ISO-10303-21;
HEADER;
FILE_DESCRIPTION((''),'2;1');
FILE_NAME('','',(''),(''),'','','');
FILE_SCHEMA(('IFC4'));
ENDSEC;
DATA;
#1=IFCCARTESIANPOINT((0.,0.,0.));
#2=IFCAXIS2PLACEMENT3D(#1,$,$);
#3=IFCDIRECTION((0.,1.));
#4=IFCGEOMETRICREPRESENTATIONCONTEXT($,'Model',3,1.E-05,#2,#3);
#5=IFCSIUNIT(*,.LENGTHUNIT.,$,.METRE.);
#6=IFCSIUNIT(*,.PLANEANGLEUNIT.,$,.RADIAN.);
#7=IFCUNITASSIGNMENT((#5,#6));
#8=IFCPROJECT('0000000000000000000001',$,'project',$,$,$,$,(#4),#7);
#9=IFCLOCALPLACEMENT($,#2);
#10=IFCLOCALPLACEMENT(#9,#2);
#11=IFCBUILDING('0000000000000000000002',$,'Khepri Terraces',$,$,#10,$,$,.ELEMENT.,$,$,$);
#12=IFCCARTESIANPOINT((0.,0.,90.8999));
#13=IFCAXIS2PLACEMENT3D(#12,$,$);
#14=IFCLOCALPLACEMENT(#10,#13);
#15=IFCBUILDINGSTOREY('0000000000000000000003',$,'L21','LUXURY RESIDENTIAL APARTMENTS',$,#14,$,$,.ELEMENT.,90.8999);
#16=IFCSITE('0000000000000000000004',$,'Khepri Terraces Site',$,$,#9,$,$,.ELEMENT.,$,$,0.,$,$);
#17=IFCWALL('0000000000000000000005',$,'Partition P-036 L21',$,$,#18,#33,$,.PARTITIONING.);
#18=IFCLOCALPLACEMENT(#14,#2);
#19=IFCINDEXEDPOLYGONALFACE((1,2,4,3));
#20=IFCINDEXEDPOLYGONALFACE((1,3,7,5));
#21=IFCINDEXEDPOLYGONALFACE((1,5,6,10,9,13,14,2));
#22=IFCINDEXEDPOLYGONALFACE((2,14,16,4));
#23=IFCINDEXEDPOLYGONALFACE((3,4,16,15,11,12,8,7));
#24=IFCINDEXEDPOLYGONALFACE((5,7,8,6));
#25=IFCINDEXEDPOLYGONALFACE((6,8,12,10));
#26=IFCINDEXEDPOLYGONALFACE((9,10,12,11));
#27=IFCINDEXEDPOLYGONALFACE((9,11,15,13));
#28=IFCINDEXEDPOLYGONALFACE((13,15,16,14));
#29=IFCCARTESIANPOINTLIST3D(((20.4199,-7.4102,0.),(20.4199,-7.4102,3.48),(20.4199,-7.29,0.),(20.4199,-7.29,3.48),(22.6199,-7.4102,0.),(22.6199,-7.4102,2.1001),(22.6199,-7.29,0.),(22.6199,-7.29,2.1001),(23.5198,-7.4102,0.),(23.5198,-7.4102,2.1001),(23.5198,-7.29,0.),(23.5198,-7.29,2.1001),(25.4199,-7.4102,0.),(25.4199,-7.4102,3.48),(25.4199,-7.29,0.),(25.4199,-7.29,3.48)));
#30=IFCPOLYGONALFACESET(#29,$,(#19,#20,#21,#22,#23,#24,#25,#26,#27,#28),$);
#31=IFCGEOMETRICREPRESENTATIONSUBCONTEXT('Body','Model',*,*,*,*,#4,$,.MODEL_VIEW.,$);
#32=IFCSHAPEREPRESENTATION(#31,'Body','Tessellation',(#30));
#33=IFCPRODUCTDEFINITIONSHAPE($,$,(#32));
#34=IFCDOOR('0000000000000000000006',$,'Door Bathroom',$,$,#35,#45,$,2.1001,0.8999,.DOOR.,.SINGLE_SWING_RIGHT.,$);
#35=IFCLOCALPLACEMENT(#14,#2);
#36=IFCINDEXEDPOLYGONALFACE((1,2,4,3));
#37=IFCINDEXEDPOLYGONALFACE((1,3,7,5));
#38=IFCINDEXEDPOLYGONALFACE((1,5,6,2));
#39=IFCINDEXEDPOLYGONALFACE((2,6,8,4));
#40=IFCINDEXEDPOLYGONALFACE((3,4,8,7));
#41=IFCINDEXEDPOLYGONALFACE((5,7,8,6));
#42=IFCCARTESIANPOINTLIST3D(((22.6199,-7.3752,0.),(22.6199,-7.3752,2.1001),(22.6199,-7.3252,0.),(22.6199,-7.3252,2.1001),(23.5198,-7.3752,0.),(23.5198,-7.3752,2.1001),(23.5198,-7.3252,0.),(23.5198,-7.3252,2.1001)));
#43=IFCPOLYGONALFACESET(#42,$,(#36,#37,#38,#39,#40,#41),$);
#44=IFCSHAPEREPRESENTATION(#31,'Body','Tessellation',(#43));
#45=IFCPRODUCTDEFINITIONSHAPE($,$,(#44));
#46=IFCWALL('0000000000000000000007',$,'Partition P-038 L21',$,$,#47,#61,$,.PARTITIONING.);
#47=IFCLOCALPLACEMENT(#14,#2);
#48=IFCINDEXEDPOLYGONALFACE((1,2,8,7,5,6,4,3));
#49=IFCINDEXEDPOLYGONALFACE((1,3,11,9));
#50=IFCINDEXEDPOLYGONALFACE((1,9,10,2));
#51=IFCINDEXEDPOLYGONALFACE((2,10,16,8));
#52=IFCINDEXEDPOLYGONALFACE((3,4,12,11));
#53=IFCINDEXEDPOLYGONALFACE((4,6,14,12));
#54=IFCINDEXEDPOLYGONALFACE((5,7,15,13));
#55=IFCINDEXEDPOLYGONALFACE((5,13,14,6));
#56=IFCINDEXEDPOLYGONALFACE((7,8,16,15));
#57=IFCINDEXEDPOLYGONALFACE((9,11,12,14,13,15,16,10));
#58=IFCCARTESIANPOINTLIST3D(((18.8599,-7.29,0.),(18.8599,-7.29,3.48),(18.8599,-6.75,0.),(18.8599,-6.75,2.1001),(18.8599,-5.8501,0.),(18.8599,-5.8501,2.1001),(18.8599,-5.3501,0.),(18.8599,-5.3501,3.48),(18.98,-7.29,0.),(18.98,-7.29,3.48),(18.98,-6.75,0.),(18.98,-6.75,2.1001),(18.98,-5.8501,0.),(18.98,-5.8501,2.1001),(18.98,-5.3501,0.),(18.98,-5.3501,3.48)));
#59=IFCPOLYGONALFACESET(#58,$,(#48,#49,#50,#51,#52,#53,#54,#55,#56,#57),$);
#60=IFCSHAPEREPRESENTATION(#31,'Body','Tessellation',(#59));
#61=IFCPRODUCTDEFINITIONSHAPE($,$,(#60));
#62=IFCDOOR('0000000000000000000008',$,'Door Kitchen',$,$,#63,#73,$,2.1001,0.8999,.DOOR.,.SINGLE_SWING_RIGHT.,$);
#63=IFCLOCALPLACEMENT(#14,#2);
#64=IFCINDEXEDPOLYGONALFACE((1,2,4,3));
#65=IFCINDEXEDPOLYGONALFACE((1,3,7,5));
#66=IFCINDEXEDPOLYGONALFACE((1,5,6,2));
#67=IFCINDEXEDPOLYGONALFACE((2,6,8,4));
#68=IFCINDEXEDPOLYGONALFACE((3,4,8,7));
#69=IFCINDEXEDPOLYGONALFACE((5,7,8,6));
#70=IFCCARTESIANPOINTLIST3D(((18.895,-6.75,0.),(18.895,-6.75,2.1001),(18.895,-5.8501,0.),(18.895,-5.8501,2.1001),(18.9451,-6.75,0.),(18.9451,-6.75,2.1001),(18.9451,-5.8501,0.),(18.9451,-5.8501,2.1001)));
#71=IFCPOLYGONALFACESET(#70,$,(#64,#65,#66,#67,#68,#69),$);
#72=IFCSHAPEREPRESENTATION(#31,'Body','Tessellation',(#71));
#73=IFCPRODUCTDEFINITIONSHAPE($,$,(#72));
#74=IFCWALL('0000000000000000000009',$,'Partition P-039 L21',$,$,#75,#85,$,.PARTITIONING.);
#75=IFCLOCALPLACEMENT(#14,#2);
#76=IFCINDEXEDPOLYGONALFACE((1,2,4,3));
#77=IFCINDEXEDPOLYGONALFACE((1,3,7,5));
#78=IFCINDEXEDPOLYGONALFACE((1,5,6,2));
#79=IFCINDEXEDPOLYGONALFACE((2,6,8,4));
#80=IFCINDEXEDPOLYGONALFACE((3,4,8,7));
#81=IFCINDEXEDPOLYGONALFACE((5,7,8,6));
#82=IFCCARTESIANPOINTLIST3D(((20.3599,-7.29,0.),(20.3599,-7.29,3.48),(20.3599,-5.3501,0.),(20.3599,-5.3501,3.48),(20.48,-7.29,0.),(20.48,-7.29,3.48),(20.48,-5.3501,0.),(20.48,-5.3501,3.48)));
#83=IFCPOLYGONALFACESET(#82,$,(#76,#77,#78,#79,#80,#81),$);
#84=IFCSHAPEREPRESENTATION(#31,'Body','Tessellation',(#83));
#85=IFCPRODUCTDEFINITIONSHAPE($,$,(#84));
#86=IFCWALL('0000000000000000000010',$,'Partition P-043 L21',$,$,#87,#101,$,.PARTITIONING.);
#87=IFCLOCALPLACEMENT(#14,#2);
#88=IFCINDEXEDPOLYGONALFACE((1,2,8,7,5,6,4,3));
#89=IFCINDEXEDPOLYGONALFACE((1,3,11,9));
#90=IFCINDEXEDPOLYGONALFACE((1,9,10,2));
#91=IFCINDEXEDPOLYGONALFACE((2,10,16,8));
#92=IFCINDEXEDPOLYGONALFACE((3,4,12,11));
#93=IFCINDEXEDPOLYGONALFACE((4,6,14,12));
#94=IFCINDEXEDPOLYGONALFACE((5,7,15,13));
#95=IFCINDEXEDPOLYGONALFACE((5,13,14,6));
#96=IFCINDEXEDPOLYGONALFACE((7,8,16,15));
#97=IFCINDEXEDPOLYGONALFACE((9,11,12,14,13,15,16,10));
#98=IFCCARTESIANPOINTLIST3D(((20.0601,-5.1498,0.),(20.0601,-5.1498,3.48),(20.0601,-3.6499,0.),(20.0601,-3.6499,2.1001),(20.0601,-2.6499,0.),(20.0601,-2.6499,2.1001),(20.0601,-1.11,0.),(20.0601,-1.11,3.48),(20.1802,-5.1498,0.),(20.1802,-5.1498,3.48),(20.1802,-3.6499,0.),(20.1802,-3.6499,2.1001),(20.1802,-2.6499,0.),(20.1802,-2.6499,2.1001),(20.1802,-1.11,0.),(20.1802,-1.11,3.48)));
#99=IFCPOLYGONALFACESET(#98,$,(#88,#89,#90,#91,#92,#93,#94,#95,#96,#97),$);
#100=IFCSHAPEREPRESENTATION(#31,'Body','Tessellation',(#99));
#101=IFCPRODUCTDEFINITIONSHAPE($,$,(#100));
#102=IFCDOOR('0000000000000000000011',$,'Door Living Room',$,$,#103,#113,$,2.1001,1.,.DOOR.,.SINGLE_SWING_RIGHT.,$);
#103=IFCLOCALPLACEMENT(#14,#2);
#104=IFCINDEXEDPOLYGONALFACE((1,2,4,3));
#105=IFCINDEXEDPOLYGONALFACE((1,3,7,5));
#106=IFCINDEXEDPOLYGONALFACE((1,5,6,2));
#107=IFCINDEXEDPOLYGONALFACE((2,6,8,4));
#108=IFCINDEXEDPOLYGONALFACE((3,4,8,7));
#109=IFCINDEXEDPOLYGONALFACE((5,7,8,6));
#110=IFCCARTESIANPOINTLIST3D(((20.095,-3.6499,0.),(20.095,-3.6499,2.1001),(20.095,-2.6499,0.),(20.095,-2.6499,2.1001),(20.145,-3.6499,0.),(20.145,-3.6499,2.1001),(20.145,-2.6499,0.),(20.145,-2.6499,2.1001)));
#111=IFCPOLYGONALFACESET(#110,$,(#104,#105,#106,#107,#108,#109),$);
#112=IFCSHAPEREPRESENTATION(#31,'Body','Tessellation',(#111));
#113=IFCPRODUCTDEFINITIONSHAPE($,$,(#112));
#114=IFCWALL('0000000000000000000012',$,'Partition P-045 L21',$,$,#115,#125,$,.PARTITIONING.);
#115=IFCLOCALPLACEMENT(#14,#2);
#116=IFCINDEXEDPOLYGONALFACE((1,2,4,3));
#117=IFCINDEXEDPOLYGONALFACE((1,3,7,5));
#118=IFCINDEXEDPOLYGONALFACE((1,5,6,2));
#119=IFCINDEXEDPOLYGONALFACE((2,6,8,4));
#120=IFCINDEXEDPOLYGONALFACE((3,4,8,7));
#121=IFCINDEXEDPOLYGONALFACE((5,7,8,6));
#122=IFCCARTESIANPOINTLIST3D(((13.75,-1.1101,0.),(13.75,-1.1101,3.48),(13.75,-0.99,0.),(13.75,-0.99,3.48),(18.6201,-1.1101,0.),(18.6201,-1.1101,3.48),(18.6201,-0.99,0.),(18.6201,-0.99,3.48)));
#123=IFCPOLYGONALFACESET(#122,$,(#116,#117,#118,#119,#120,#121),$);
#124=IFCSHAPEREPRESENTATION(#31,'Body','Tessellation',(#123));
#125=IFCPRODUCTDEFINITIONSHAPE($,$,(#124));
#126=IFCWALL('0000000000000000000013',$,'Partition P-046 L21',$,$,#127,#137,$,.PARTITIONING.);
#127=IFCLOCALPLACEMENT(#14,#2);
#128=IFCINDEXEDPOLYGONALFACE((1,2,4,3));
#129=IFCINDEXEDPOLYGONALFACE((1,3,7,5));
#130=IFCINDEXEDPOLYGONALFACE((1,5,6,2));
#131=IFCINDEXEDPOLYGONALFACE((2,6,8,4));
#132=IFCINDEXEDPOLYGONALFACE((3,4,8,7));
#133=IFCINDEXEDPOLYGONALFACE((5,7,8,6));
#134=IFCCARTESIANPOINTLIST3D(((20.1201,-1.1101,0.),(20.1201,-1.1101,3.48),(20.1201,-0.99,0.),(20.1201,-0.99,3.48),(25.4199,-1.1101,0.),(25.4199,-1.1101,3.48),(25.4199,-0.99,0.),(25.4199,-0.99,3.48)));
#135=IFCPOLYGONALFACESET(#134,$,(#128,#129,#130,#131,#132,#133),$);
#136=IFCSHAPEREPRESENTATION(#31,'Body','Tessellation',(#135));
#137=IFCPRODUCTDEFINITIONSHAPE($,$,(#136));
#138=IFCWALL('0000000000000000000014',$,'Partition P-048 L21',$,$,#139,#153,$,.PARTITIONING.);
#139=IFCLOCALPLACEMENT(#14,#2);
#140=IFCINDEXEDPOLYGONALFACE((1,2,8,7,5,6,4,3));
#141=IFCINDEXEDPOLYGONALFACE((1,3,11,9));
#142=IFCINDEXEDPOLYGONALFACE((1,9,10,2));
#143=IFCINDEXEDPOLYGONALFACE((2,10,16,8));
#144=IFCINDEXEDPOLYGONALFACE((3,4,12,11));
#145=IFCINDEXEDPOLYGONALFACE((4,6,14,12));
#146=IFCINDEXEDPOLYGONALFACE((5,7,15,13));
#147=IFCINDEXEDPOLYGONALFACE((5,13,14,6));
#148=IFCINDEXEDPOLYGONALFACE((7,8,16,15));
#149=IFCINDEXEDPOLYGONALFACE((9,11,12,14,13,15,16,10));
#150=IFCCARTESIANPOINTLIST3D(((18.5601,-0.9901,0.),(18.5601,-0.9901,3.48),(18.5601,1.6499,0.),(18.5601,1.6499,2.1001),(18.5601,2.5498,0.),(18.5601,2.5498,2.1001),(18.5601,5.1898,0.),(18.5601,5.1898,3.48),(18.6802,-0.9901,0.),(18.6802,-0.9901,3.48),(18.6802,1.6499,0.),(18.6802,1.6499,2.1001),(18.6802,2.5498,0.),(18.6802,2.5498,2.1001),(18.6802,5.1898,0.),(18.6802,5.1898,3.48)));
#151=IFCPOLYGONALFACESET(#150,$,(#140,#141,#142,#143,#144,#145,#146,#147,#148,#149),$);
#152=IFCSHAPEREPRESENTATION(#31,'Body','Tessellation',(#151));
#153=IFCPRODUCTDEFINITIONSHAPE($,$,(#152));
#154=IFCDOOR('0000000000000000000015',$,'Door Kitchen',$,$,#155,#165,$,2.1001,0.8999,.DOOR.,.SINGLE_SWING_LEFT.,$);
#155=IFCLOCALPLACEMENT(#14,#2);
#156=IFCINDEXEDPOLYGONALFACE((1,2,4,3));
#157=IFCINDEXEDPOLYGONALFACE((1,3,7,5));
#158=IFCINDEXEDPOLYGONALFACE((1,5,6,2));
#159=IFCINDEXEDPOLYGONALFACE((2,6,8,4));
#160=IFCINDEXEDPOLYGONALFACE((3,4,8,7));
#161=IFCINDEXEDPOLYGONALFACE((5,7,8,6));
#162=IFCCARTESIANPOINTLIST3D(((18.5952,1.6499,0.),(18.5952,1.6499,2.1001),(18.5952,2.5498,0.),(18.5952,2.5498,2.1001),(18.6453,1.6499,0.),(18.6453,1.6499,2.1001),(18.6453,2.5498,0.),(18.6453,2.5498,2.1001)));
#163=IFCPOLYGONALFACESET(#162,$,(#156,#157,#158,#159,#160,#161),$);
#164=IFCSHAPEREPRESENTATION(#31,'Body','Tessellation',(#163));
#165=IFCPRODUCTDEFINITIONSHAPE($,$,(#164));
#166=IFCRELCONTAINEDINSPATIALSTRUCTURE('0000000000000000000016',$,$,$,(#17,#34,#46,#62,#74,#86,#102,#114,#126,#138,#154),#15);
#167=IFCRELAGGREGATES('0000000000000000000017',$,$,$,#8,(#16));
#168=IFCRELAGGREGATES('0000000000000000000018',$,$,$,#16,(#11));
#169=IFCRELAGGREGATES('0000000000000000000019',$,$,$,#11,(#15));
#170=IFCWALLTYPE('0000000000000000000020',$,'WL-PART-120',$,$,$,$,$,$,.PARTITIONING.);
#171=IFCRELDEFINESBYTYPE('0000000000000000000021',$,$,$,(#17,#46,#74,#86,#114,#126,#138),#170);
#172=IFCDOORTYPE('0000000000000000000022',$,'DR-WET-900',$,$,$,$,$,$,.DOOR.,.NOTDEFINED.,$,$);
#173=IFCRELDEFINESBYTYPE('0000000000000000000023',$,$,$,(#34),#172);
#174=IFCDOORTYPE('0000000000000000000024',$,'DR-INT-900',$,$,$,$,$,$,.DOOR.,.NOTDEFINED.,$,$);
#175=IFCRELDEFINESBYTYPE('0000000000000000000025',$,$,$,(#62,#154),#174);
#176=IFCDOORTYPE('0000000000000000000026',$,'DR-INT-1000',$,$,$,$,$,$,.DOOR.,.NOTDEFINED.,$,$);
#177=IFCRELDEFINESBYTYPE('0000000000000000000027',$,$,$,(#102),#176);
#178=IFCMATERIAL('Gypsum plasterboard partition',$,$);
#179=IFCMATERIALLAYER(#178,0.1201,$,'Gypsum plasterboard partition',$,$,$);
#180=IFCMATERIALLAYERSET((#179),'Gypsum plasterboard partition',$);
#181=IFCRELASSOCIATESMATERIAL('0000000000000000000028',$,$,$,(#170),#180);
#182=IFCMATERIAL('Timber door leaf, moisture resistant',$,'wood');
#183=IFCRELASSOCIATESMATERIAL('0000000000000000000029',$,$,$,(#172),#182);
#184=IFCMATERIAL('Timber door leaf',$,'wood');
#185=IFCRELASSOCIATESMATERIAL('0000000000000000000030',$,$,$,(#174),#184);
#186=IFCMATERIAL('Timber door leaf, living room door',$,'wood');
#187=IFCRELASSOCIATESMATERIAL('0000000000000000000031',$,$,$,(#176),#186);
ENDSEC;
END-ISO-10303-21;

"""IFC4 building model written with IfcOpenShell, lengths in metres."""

from ifc_helpers import new_model, si_unit, direction, frame, frame_2d, origin, place, context, subcontext, project, spatial, rectangle, extrude, material, layer, layer_set, type_object, element, fill, save


model = new_model("IFC4")

# Units and contexts
model_context = context("Model", 3, precision=1e-05, world=origin(), true_north=direction((0.0, 1.0)))
body_context = subcontext(model_context, "Body", "Model", "MODEL_VIEW")
ifc_project = project(units=[si_unit("LENGTHUNIT", "METRE"), si_unit("PLANEANGLEUNIT", "RADIAN")], contexts=[model_context])

# Site, building, storey
site_placement = place(None, origin())
site = spatial("IfcSite", under=ifc_project, at=site_placement, Name="Khepri Terraces Site", CompositionType="ELEMENT", RefElevation=0.0)
building_placement = place(site_placement, origin())
building = spatial("IfcBuilding", under=site, at=building_placement, Name="Khepri Terraces", CompositionType="ELEMENT")
storey_placement = place(building_placement, frame((0.0, 0.0, 90.8999)))
storey = spatial("IfcBuildingStorey", under=building, at=storey_placement, Name="L21", Description="LUXURY RESIDENTIAL APARTMENTS", CompositionType="ELEMENT", Elevation=90.8999)

# Shared definitions
ifc_material_1 = material(Name="Gypsum plasterboard partition")
ifc_layer_1 = layer(ifc_material_1, 0.1201, Name="Gypsum plasterboard partition")
ifc_layer_set_1 = layer_set([ifc_layer_1], Name="Gypsum plasterboard partition")
wall_type_1 = type_object("IfcWallType", Name="WL-PART-120", PredefinedType="PARTITIONING", material=ifc_layer_set_1)
ifc_material_2 = material(Name="Timber door leaf, moisture resistant", Category="wood")
door_type_1 = type_object("IfcDoorType", Name="DR-WET-900", OperationType="NOTDEFINED", PredefinedType="DOOR", material=ifc_material_2)
ifc_material_3 = material(Name="Timber door leaf", Category="wood")
door_type_2 = type_object("IfcDoorType", Name="DR-INT-900", OperationType="NOTDEFINED", PredefinedType="DOOR", material=ifc_material_3)

# Walls, openings, doors
wall_1_placement = place(storey_placement, frame((20.4199, -7.3501, 0.0), z_axis=(0.0, 0.0, 1.0), x_axis=(1.0, 0.0, 0.0)))
wall_1 = element("IfcWall", 1, at=wall_1_placement, inside=storey, type_object=wall_type_1, Name="Partition P-036 L21", PredefinedType="PARTITIONING", context=body_context, shape_type="SweptSolid", body=[
    extrude(rectangle(XDim=5.0, YDim=0.1201, at=frame_2d((2.5, 0.0))), origin(), (0.0, 0.0, 1.0), 3.48),
])
opening_1_placement = place(wall_1_placement, frame((2.2, 0.0, 0.0)))
opening_1 = element("IfcOpeningElement", 2, at=opening_1_placement, cuts=wall_1, PredefinedType="OPENING", context=body_context, shape_type="SweptSolid", body=[
    extrude(rectangle(XDim=0.8999, YDim=2.1001, at=frame_2d((0.45, 1.05))), frame((0.0, 0.0701, 0.0), z_axis=(0.0, -1.0, 0.0), x_axis=(1.0, 0.0, 0.0)), (0.0, 0.0, 1.0), 0.1401),
])
door_1_placement = place(opening_1_placement, origin())
door_1 = element("IfcDoor", 3, at=door_1_placement, inside=storey, type_object=door_type_1, Name="Door Bathroom", OperationType="SINGLE_SWING_RIGHT", OverallHeight=2.1001, OverallWidth=0.8999, PredefinedType="DOOR", context=body_context, shape_type="SweptSolid", body=[
    extrude(rectangle(XDim=0.8999, YDim=2.1001, at=frame_2d((0.45, 1.05))), frame((0.0, 0.0249, 0.0), z_axis=(0.0, -1.0, 0.0), x_axis=(1.0, 0.0, 0.0)), (0.0, 0.0, 1.0), 0.05),
])
fill(opening_1, door_1)
wall_2_placement = place(storey_placement, frame((18.9199, -7.29, 0.0), z_axis=(0.0, 0.0, 1.0), x_axis=(0.0, 1.0, 0.0)))
wall_2 = element("IfcWall", 4, at=wall_2_placement, inside=storey, type_object=wall_type_1, Name="Partition P-038 L21", PredefinedType="PARTITIONING", context=body_context, shape_type="SweptSolid", body=[
    extrude(rectangle(XDim=1.9399, YDim=0.1201, at=frame_2d((0.97, 0.0))), origin(), (0.0, 0.0, 1.0), 3.48),
])
opening_2_placement = place(wall_2_placement, frame((0.54, 0.0, 0.0)))
opening_2 = element("IfcOpeningElement", 5, at=opening_2_placement, cuts=wall_2, PredefinedType="OPENING", context=body_context, shape_type="SweptSolid", body=[
    extrude(rectangle(XDim=0.8999, YDim=2.1001, at=frame_2d((0.45, 1.05))), frame((0.0, 0.0701, 0.0), z_axis=(0.0, -1.0, 0.0), x_axis=(1.0, 0.0, 0.0)), (0.0, 0.0, 1.0), 0.1401),
])
door_2_placement = place(opening_2_placement, origin())
door_2 = element("IfcDoor", 6, at=door_2_placement, inside=storey, type_object=door_type_2, Name="Door Kitchen", OperationType="SINGLE_SWING_RIGHT", OverallHeight=2.1001, OverallWidth=0.8999, PredefinedType="DOOR", context=body_context, shape_type="SweptSolid", body=[
    extrude(rectangle(XDim=0.8999, YDim=2.1001, at=frame_2d((0.45, 1.05))), frame((0.0, 0.0249, 0.0), z_axis=(0.0, -1.0, 0.0), x_axis=(1.0, 0.0, 0.0)), (0.0, 0.0, 1.0), 0.05),
])
fill(opening_2, door_2)

# Wall
wall_3_placement = place(storey_placement, frame((20.4199, -7.29, 0.0), z_axis=(0.0, 0.0, 1.0), x_axis=(0.0, 1.0, 0.0)))
element("IfcWall", 7, at=wall_3_placement, inside=storey, type_object=wall_type_1, Name="Partition P-039 L21", PredefinedType="PARTITIONING", context=body_context, shape_type="SweptSolid", body=[
    extrude(rectangle(XDim=1.9399, YDim=0.1201, at=frame_2d((0.97, 0.0))), origin(), (0.0, 0.0, 1.0), 3.48),
])

# Wall, opening, door
wall_4_placement = place(storey_placement, frame((20.1201, -5.1499, 0.0), z_axis=(0.0, 0.0, 1.0), x_axis=(0.0, 1.0, 0.0)))
wall_4 = element("IfcWall", 8, at=wall_4_placement, inside=storey, type_object=wall_type_1, Name="Partition P-043 L21", PredefinedType="PARTITIONING", context=body_context, shape_type="SweptSolid", body=[
    extrude(rectangle(XDim=4.0398, YDim=0.1201, at=frame_2d((2.02, 0.0))), origin(), (0.0, 0.0, 1.0), 3.48),
])
opening_3_placement = place(wall_4_placement, frame((1.5, 0.0, 0.0)))
opening_3 = element("IfcOpeningElement", 9, at=opening_3_placement, cuts=wall_4, PredefinedType="OPENING", context=body_context, shape_type="SweptSolid", body=[
    extrude(rectangle(XDim=1.0, YDim=2.1001, at=frame_2d((0.5, 1.05))), frame((0.0, 0.0701, 0.0), z_axis=(0.0, -1.0, 0.0), x_axis=(1.0, 0.0, 0.0)), (0.0, 0.0, 1.0), 0.1401),
])
ifc_material_4 = material(Name="Timber door leaf, living room door", Category="wood")
door_type_3 = type_object("IfcDoorType", Name="DR-INT-1000", OperationType="NOTDEFINED", PredefinedType="DOOR", material=ifc_material_4)
door_3_placement = place(opening_3_placement, frame((1.0, 0.0, 0.0), z_axis=(0.0, 0.0, 1.0), x_axis=(-1.0, 0.0, 0.0)))
door_3 = element("IfcDoor", 10, at=door_3_placement, inside=storey, type_object=door_type_3, Name="Door Living Room", OperationType="SINGLE_SWING_RIGHT", OverallHeight=2.1001, OverallWidth=1.0, PredefinedType="DOOR", context=body_context, shape_type="SweptSolid", body=[
    extrude(rectangle(XDim=1.0, YDim=2.1001, at=frame_2d((0.5, 1.05))), frame((0.0, 0.0249, 0.0), z_axis=(0.0, -1.0, 0.0), x_axis=(1.0, 0.0, 0.0)), (0.0, 0.0, 1.0), 0.05),
])
fill(opening_3, door_3)

# Walls
wall_5_placement = place(storey_placement, frame((13.75, -1.05, 0.0), z_axis=(0.0, 0.0, 1.0), x_axis=(1.0, 0.0, 0.0)))
element("IfcWall", 11, at=wall_5_placement, inside=storey, type_object=wall_type_1, Name="Partition P-045 L21", PredefinedType="PARTITIONING", context=body_context, shape_type="SweptSolid", body=[
    extrude(rectangle(XDim=4.8701, YDim=0.1201, at=frame_2d((2.4351, 0.0))), origin(), (0.0, 0.0, 1.0), 3.48),
])
wall_6_placement = place(storey_placement, frame((20.1201, -1.05, 0.0), z_axis=(0.0, 0.0, 1.0), x_axis=(1.0, 0.0, 0.0)))
element("IfcWall", 12, at=wall_6_placement, inside=storey, type_object=wall_type_1, Name="Partition P-046 L21", PredefinedType="PARTITIONING", context=body_context, shape_type="SweptSolid", body=[
    extrude(rectangle(XDim=5.2998, YDim=0.1201, at=frame_2d((2.6499, 0.0))), origin(), (0.0, 0.0, 1.0), 3.48),
])

# Wall, opening, door
wall_7_placement = place(storey_placement, frame((18.6201, -0.99, 0.0), z_axis=(0.0, 0.0, 1.0), x_axis=(0.0, 1.0, 0.0)))
wall_7 = element("IfcWall", 13, at=wall_7_placement, inside=storey, type_object=wall_type_1, Name="Partition P-048 L21", PredefinedType="PARTITIONING", context=body_context, shape_type="SweptSolid", body=[
    extrude(rectangle(XDim=6.1799, YDim=0.1201, at=frame_2d((3.0898, 0.0))), origin(), (0.0, 0.0, 1.0), 3.48),
])
opening_4_placement = place(wall_7_placement, frame((2.6399, 0.0, 0.0)))
opening_4 = element("IfcOpeningElement", 14, at=opening_4_placement, cuts=wall_7, PredefinedType="OPENING", context=body_context, shape_type="SweptSolid", body=[
    extrude(rectangle(XDim=0.8999, YDim=2.1001, at=frame_2d((0.45, 1.05))), frame((0.0, 0.0701, 0.0), z_axis=(0.0, -1.0, 0.0), x_axis=(1.0, 0.0, 0.0)), (0.0, 0.0, 1.0), 0.1401),
])
door_4_placement = place(opening_4_placement, origin())
door_4 = element("IfcDoor", 15, at=door_4_placement, inside=storey, type_object=door_type_2, Name="Door Kitchen", OperationType="SINGLE_SWING_LEFT", OverallHeight=2.1001, OverallWidth=0.8999, PredefinedType="DOOR", context=body_context, shape_type="SweptSolid", body=[
    extrude(rectangle(XDim=0.8999, YDim=2.1001, at=frame_2d((0.45, 1.05))), frame((0.0, 0.0249, 0.0), z_axis=(0.0, -1.0, 0.0), x_axis=(1.0, 0.0, 0.0)), (0.0, 0.0, 1.0), 0.05),
])
fill(opening_4, door_4)

save(model, "model.ifc")
